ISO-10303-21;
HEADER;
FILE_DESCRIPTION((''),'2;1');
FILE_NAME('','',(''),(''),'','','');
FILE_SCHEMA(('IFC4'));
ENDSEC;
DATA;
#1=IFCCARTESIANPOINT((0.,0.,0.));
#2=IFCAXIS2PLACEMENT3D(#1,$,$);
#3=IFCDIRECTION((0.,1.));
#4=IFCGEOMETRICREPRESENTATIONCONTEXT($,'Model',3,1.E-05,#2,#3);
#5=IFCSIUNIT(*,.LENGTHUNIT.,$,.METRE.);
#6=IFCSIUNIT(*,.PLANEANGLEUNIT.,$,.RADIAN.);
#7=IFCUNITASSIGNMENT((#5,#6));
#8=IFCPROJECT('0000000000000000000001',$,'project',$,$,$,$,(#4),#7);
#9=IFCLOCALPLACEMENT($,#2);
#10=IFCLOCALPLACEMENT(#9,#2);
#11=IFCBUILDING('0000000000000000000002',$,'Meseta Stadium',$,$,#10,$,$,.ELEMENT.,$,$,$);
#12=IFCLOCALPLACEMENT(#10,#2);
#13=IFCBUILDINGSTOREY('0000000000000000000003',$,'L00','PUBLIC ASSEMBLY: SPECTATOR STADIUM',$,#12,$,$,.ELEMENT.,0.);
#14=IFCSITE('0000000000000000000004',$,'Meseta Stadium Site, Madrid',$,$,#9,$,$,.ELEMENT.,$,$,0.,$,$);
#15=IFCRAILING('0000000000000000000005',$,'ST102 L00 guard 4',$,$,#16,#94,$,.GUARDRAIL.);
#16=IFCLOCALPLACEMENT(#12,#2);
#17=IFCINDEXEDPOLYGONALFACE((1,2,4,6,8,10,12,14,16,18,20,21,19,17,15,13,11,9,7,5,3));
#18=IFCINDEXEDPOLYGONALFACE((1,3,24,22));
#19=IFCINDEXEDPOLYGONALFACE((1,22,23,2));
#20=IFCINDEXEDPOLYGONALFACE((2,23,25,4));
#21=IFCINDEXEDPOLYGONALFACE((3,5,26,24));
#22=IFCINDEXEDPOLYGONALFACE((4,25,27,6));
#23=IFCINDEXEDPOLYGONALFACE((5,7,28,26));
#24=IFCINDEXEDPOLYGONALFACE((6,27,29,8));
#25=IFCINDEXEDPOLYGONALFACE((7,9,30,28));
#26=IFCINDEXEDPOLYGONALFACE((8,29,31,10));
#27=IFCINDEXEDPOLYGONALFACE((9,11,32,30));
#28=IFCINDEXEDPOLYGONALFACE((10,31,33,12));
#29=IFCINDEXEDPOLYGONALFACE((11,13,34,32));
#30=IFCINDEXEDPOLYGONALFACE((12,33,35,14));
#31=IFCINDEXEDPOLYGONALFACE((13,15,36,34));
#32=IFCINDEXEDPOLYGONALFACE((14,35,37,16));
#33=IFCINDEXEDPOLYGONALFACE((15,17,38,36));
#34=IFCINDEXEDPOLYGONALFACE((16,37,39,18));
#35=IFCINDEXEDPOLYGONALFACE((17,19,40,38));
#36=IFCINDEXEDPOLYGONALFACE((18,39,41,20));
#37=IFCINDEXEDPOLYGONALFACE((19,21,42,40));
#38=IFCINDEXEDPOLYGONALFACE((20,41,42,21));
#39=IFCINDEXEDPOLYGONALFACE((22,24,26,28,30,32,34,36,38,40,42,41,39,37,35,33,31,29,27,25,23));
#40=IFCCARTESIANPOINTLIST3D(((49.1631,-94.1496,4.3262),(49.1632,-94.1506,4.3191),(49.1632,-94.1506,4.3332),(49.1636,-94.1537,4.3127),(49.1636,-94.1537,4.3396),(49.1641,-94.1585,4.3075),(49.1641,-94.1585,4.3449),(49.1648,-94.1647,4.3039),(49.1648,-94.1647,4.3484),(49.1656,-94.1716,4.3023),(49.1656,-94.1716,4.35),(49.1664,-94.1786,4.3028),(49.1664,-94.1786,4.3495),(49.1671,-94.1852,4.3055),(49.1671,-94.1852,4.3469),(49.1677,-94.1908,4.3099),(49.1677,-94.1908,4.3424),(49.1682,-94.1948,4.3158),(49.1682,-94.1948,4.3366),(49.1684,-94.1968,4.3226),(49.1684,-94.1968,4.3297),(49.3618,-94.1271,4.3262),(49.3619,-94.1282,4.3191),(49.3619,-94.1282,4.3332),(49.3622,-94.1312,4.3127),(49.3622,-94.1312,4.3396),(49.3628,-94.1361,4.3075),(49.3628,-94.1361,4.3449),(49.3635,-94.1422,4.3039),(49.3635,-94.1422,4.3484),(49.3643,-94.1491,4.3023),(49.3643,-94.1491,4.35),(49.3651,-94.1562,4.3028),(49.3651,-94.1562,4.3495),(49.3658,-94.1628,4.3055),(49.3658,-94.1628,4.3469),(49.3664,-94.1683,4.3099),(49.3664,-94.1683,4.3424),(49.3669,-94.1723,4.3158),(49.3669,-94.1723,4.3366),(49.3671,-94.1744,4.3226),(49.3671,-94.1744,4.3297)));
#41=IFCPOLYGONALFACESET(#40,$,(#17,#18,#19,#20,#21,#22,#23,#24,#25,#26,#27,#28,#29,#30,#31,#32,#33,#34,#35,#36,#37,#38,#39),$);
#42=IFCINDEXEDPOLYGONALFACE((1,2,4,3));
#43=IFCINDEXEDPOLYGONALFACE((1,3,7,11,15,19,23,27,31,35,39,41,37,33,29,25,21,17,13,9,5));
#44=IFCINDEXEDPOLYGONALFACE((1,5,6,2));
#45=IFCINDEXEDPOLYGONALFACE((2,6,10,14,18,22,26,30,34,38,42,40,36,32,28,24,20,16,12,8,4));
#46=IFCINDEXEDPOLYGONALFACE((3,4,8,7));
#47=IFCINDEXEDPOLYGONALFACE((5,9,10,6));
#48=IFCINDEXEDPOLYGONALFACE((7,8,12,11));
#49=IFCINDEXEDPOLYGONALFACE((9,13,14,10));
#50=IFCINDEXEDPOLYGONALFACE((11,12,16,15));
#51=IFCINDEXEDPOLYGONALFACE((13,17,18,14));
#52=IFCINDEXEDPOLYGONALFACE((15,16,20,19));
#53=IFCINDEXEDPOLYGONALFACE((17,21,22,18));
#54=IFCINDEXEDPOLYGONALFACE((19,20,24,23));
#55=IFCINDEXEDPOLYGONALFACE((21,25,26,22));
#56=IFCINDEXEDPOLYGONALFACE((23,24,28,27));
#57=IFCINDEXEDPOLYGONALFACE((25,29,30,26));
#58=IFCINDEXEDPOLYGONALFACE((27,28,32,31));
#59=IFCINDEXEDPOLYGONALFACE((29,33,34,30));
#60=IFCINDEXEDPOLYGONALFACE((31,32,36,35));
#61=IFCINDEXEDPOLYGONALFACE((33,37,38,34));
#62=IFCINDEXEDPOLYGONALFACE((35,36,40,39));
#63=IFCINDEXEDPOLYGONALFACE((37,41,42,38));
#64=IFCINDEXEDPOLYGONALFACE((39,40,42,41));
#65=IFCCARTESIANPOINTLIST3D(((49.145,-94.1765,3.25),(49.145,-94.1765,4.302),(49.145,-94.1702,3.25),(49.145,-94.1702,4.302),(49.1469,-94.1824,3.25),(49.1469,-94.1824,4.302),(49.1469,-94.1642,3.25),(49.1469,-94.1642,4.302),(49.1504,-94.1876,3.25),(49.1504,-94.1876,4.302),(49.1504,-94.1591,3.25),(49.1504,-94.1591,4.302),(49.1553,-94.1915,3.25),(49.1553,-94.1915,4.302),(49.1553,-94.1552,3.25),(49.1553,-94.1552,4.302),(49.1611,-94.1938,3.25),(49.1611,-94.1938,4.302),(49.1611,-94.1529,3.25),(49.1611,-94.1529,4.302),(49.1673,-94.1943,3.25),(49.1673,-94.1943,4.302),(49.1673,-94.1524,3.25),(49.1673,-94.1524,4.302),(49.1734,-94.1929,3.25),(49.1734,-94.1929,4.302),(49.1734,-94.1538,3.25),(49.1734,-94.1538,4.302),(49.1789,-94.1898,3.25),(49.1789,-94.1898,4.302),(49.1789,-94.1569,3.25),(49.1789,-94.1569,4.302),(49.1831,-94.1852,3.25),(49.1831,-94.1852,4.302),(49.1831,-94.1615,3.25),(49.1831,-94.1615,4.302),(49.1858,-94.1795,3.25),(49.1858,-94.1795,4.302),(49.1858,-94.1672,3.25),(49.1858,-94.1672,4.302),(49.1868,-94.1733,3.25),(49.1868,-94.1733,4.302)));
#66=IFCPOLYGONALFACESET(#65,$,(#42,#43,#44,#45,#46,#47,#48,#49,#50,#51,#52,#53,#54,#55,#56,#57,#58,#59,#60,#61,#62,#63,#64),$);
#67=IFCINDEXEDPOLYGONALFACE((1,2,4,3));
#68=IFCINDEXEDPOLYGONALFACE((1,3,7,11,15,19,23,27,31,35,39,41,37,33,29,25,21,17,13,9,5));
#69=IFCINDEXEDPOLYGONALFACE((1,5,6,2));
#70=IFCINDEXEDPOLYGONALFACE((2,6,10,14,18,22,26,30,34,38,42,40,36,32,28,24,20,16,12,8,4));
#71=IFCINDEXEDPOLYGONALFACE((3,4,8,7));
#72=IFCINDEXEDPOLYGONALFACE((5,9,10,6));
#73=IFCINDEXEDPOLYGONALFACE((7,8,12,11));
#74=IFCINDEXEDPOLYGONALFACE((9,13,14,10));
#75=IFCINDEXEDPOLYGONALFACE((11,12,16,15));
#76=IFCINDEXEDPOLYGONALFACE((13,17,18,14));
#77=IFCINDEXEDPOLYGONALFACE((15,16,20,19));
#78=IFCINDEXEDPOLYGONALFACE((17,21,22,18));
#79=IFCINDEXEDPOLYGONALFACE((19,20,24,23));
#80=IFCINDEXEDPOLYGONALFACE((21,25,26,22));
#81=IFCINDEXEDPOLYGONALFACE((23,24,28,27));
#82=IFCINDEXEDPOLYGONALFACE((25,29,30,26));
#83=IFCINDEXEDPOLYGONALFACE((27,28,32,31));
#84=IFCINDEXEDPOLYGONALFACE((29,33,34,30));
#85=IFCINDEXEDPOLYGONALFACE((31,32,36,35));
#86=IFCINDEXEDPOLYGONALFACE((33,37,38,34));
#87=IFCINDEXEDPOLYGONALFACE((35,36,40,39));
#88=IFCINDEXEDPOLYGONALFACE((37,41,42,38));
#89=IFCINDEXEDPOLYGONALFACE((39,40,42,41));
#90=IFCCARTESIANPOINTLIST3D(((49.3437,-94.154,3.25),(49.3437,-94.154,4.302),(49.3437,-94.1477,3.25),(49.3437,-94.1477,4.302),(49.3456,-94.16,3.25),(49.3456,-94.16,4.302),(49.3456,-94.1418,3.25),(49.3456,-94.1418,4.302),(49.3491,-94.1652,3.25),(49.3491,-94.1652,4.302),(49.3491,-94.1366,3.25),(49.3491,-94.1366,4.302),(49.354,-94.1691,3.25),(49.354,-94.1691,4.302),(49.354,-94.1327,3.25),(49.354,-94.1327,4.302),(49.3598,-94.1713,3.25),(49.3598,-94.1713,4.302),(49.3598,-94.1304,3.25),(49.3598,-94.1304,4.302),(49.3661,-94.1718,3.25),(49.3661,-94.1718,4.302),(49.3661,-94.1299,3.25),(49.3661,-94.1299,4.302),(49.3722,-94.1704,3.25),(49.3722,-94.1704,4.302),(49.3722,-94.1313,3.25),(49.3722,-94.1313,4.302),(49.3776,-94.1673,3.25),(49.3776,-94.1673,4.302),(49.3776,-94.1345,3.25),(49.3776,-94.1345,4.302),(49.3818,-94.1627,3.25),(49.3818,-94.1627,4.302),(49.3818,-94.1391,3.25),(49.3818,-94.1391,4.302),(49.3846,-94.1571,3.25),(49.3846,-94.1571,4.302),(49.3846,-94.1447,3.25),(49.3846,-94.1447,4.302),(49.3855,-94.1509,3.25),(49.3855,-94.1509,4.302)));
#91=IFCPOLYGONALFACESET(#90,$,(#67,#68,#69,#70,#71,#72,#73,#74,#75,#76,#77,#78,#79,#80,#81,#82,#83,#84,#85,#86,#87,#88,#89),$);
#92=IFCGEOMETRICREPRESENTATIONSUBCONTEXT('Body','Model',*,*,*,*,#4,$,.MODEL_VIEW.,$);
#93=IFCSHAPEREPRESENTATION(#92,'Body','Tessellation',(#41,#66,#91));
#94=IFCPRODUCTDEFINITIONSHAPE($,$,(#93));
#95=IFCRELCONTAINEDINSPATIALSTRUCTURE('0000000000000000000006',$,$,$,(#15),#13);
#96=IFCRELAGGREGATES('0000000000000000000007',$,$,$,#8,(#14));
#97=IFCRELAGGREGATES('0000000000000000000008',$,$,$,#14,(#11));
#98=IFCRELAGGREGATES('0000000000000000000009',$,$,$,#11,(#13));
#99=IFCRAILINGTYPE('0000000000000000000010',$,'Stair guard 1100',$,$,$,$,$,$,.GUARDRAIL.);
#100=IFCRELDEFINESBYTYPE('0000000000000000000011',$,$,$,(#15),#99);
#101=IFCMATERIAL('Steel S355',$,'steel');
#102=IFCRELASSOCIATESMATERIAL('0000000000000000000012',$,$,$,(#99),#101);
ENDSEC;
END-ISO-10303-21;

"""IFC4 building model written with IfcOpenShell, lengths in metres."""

from ifc_helpers import new_model, si_unit, direction, frame, origin, origin_2d, place, context, subcontext, project, spatial, circle, extrude, material, type_object, element, save


model = new_model("IFC4")

# Units and contexts
model_context = context("Model", 3, precision=1e-05, world=origin(), true_north=direction((0.0, 1.0)))
body_context = subcontext(model_context, "Body", "Model", "MODEL_VIEW")
ifc_project = project(units=[si_unit("LENGTHUNIT", "METRE"), si_unit("PLANEANGLEUNIT", "RADIAN")], contexts=[model_context])

# Site, building, storey
site_placement = place(None, origin())
site = spatial("IfcSite", under=ifc_project, at=site_placement, Name="Meseta Stadium Site, Madrid", CompositionType="ELEMENT", RefElevation=0.0)
building_placement = place(site_placement, origin())
building = spatial("IfcBuilding", under=site, at=building_placement, Name="Meseta Stadium", CompositionType="ELEMENT")
storey_placement = place(building_placement, origin())
storey = spatial("IfcBuildingStorey", under=building, at=storey_placement, Name="L00", Description="PUBLIC ASSEMBLY: SPECTATOR STADIUM", CompositionType="ELEMENT", Elevation=0.0)

# Railing
ifc_material_1 = material(Name="Steel S355", Category="steel")
railing_type_1 = type_object("IfcRailingType", Name="Stair guard 1100", PredefinedType="GUARDRAIL", material=ifc_material_1)
railing_1_placement = place(storey_placement, frame((49.1658, -94.1733, 3.25)))
element("IfcRailing", 1, at=railing_1_placement, inside=storey, type_object=railing_type_1, Name="ST102 L00 guard 4", PredefinedType="GUARDRAIL", context=body_context, shape_type="SweptSolid", body=[
    extrude(circle(Radius=0.0239, at=origin_2d()), frame((0.0, 0.0, 1.0762), z_axis=(0.993674, 0.112307, 0.0), x_axis=(-0.112307, 0.993674, 0.0)), (0.0, 0.0, 1.0), 0.2),
    extrude(circle(Radius=0.021, at=origin_2d()), origin(), (0.0, 0.0, 1.0), 1.052),
    extrude(circle(Radius=0.021, at=origin_2d()), frame((0.1987, 0.0225, 0.0)), (0.0, 0.0, 1.0), 1.052),
])

save(model, "model.ifc")
